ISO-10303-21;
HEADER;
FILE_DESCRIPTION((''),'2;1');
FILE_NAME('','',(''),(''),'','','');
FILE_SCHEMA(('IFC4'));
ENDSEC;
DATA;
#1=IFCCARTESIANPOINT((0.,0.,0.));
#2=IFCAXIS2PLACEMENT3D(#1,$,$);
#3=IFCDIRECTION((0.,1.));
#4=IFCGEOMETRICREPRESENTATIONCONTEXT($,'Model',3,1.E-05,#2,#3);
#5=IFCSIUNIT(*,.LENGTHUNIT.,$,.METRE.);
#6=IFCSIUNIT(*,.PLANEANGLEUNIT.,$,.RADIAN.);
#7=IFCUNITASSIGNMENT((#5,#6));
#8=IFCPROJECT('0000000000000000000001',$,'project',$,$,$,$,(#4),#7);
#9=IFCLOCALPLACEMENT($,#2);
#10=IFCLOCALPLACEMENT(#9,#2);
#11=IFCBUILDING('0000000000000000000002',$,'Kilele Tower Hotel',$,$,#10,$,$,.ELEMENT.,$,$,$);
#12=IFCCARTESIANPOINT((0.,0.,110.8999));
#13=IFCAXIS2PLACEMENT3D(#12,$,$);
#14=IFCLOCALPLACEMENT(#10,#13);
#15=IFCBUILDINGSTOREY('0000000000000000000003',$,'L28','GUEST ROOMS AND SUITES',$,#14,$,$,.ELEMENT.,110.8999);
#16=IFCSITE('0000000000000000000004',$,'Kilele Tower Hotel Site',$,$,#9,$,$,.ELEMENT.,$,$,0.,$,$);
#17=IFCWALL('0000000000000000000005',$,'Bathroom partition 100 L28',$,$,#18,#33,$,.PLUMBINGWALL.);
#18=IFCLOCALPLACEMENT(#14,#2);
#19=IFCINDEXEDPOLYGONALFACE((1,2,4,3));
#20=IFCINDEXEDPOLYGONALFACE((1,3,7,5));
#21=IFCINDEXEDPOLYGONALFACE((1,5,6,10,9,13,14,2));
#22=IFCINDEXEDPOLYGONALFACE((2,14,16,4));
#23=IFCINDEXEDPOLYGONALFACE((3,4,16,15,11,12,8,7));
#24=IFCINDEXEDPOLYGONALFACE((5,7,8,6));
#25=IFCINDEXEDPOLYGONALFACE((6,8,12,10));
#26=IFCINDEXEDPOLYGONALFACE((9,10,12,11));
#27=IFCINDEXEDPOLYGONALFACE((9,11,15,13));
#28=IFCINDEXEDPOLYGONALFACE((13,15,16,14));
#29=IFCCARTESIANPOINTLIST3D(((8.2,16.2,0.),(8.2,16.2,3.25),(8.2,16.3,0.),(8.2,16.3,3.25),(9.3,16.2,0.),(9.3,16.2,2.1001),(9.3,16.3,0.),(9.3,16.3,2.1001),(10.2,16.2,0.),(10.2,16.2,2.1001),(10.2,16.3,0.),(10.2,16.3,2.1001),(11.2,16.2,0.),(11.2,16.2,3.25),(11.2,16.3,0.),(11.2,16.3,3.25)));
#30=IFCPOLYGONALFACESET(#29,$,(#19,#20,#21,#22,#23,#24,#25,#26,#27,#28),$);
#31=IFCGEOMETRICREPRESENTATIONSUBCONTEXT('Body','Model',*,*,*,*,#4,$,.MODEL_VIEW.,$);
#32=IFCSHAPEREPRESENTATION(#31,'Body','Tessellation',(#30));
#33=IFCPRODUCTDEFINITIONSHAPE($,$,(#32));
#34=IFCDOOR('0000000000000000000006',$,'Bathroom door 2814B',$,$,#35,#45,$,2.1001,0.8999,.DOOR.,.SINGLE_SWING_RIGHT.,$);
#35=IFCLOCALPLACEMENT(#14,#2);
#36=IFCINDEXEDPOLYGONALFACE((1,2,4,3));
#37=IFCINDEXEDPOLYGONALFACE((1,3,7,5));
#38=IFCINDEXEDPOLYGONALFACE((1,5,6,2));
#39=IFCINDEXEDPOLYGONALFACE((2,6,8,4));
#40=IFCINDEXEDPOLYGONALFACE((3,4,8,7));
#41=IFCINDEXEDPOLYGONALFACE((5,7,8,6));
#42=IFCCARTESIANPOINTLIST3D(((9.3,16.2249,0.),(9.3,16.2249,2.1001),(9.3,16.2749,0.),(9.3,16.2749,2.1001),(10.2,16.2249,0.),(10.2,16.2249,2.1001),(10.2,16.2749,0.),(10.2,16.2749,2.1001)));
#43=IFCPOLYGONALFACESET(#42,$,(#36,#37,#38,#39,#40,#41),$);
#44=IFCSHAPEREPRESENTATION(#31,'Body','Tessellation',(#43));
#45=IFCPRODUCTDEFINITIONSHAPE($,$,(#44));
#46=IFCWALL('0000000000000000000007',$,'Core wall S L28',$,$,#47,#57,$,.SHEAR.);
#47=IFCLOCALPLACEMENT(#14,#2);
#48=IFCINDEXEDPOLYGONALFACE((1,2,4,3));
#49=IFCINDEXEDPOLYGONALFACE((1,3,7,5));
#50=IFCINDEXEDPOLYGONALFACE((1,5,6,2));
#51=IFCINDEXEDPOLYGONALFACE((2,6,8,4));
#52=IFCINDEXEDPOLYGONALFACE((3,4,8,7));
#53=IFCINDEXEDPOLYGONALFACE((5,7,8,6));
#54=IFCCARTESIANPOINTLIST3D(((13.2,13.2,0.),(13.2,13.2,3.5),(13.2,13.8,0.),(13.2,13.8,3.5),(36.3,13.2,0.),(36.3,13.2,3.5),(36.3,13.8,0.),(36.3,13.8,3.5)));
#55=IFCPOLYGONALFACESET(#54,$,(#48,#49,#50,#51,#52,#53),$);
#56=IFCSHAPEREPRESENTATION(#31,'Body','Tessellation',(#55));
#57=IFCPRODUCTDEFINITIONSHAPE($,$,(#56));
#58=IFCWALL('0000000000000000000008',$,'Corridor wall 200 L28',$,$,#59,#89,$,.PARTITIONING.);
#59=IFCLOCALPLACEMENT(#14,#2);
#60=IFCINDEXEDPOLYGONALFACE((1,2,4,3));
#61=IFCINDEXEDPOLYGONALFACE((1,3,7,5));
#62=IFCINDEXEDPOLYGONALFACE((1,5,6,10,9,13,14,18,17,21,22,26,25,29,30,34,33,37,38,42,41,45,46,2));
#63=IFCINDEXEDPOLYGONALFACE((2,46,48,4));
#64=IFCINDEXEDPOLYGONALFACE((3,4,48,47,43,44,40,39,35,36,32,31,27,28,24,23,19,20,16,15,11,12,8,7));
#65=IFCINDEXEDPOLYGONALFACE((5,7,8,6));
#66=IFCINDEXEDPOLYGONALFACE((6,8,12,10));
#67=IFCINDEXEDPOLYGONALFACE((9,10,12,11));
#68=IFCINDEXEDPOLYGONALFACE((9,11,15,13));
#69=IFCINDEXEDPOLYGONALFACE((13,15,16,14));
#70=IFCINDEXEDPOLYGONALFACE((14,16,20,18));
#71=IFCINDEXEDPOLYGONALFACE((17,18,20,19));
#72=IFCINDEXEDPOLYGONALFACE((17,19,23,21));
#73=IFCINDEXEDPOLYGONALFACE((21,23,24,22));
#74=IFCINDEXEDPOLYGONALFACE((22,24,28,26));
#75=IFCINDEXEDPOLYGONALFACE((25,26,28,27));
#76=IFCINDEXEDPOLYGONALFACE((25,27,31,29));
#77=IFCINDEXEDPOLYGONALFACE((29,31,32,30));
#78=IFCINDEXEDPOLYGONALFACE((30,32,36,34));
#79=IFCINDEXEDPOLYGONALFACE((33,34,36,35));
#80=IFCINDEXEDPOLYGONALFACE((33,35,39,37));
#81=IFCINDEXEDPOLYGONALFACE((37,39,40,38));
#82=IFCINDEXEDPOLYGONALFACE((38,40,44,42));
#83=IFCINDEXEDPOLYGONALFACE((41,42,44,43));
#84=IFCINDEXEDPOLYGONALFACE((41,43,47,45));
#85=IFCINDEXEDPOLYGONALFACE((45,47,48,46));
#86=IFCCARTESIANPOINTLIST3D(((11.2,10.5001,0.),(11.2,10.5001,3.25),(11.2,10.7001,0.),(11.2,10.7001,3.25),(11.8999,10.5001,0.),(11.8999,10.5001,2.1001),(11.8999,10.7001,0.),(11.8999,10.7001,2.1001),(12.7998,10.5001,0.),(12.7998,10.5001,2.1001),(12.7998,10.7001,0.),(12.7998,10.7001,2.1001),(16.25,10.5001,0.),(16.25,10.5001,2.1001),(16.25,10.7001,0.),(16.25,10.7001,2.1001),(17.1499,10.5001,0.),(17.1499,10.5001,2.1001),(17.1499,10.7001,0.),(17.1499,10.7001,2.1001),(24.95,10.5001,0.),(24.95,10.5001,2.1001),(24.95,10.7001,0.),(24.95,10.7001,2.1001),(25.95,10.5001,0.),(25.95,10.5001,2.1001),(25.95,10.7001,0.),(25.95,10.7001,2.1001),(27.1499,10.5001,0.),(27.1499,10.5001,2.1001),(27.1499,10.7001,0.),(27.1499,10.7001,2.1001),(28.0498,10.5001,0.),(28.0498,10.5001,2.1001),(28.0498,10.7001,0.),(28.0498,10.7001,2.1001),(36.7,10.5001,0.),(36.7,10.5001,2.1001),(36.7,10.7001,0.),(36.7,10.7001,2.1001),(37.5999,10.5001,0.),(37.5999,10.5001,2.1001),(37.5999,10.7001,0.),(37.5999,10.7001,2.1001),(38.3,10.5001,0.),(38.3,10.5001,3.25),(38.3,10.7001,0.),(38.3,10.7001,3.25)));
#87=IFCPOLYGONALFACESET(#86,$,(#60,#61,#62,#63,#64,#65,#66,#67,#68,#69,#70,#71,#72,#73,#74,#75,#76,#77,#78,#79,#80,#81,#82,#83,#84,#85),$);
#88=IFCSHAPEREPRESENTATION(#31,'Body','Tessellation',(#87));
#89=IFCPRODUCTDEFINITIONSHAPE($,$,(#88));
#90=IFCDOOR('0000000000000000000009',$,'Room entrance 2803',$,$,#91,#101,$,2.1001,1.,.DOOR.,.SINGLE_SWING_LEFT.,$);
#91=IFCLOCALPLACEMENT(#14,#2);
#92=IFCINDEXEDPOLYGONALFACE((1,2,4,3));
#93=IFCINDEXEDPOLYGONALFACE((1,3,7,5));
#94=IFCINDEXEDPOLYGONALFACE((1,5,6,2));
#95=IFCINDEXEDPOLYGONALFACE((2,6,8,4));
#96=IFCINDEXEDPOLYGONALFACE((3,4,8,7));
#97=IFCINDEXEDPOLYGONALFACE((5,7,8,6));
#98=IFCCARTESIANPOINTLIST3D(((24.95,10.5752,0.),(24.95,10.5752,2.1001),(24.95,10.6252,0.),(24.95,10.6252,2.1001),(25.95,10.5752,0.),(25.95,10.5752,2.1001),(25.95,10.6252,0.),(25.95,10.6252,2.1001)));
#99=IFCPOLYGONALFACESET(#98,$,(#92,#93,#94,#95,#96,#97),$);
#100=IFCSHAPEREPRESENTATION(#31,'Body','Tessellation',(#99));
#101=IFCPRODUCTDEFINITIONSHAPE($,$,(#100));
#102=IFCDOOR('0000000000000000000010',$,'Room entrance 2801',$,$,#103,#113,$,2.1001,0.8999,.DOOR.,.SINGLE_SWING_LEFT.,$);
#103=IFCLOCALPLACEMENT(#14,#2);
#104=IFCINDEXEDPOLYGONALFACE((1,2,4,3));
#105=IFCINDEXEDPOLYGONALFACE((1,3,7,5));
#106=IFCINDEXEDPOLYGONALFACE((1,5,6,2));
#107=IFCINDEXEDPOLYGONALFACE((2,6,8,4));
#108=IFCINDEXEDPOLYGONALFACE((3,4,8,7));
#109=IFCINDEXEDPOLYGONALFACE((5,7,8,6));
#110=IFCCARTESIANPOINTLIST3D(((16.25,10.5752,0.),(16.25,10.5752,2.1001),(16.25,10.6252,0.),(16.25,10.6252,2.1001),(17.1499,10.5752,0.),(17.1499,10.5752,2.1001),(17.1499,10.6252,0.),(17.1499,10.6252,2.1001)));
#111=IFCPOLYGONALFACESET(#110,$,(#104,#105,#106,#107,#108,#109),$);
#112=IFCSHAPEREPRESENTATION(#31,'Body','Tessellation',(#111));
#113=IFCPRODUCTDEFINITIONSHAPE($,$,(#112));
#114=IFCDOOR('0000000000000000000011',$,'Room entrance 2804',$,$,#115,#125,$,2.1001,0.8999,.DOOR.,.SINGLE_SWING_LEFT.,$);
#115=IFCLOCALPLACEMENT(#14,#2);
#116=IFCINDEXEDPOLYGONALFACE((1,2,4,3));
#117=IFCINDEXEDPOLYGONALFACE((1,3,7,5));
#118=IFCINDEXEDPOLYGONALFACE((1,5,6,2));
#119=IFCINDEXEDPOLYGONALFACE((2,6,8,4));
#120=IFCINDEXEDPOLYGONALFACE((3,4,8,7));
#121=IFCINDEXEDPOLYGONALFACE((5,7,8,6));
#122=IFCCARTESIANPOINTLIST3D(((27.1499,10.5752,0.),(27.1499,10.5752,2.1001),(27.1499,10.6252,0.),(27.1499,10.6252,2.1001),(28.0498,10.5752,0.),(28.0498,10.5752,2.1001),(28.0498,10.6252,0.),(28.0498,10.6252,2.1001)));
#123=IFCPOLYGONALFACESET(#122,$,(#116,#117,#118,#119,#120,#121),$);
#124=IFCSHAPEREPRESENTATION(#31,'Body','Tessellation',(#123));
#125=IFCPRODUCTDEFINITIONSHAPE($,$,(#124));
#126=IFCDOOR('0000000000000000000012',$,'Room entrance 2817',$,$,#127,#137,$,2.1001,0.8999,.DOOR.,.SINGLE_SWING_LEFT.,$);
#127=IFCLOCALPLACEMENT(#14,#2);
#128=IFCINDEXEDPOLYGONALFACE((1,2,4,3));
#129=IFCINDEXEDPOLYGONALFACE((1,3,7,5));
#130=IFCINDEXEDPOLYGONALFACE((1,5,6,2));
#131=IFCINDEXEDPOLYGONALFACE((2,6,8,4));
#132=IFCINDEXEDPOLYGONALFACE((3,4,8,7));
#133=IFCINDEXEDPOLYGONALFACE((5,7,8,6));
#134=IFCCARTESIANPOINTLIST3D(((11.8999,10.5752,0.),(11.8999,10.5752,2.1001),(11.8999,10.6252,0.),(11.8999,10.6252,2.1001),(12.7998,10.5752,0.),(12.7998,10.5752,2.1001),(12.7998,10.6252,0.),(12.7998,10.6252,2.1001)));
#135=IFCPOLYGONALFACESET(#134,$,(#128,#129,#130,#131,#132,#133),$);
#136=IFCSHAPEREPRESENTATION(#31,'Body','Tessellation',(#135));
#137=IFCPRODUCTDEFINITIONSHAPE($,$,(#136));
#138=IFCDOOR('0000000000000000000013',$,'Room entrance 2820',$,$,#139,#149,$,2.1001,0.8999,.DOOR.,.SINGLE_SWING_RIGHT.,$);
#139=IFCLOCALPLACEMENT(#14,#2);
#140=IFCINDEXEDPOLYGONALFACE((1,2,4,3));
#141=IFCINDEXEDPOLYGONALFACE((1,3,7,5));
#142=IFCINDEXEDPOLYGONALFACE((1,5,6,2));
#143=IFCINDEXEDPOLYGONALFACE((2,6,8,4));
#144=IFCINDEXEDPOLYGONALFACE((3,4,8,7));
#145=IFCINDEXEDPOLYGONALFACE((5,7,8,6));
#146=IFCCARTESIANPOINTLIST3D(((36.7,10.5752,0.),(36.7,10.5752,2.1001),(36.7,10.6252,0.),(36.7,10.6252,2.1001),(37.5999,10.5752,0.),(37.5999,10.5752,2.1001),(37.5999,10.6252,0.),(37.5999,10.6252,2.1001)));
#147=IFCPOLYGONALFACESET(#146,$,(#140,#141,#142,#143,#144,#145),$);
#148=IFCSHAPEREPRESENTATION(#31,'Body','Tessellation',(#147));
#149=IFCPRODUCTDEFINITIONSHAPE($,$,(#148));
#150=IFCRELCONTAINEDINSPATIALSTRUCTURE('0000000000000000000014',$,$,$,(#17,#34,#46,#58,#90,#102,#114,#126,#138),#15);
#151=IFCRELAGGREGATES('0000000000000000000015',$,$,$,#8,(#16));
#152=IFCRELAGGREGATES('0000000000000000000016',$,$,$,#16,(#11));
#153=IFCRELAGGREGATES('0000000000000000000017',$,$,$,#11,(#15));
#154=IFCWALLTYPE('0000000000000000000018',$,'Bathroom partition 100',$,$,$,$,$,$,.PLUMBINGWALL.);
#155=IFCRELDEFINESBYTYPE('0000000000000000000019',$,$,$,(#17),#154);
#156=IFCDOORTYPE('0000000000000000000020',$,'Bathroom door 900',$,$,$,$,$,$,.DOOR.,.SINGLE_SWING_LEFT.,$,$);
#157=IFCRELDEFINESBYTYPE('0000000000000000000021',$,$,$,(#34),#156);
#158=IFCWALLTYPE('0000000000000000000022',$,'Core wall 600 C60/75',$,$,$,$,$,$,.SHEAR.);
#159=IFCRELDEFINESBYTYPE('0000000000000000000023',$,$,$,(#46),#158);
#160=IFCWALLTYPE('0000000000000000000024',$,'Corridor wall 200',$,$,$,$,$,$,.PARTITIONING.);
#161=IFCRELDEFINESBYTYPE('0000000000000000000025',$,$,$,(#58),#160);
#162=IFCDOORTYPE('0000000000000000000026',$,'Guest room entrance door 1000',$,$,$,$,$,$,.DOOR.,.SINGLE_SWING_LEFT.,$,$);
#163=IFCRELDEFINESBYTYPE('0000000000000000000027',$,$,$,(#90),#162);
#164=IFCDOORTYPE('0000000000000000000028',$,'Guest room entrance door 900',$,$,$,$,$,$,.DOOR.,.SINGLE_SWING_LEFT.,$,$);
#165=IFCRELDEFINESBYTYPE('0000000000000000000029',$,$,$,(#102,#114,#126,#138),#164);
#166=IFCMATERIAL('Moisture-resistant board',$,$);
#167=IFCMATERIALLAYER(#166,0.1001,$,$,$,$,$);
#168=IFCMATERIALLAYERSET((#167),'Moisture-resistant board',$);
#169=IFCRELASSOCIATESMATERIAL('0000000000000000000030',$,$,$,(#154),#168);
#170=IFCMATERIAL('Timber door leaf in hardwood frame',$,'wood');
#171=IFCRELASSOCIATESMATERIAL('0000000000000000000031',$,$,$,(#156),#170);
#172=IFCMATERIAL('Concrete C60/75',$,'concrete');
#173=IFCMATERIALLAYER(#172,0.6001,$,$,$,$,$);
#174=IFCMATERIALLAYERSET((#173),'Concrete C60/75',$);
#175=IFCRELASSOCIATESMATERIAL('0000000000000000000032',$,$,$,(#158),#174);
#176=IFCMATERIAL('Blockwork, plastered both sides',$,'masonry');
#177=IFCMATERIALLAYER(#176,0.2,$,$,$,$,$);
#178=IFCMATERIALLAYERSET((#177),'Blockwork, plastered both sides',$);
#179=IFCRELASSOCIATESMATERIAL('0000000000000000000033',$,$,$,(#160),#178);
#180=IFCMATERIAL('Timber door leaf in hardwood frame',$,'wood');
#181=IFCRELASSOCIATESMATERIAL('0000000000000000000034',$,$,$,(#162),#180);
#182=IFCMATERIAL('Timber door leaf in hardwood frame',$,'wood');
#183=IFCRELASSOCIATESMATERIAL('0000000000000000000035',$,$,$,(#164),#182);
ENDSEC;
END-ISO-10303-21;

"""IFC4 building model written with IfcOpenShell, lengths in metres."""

from ifc_helpers import new_model, si_unit, direction, frame, frame_2d, origin, place, context, subcontext, project, spatial, rectangle, extrude, material, layer, layer_set, type_object, element, fill, save


model = new_model("IFC4")

# Units and contexts
model_context = context("Model", 3, precision=1e-05, world=origin(), true_north=direction((0.0, 1.0)))
body_context = subcontext(model_context, "Body", "Model", "MODEL_VIEW")
ifc_project = project(units=[si_unit("LENGTHUNIT", "METRE"), si_unit("PLANEANGLEUNIT", "RADIAN")], contexts=[model_context])

# Site, building, storey
site_placement = place(None, origin())
site = spatial("IfcSite", under=ifc_project, at=site_placement, Name="Kilele Tower Hotel Site", CompositionType="ELEMENT", RefElevation=0.0)
building_placement = place(site_placement, origin())
building = spatial("IfcBuilding", under=site, at=building_placement, Name="Kilele Tower Hotel", CompositionType="ELEMENT")
storey_placement = place(building_placement, frame((0.0, 0.0, 110.8999)))
storey = spatial("IfcBuildingStorey", under=building, at=storey_placement, Name="L28", Description="GUEST ROOMS AND SUITES", CompositionType="ELEMENT", Elevation=110.8999)

# Wall, opening, door
ifc_material_1 = material(Name="Moisture-resistant board")
ifc_layer_1 = layer(ifc_material_1, 0.1001)
ifc_layer_set_1 = layer_set([ifc_layer_1], Name="Moisture-resistant board")
wall_type_1 = type_object("IfcWallType", Name="Bathroom partition 100", PredefinedType="PLUMBINGWALL", material=ifc_layer_set_1)
wall_1_placement = place(storey_placement, frame((11.2, 16.25, 0.0), z_axis=(0.0, 0.0, 1.0), x_axis=(-1.0, 0.0, 0.0)))
wall_1 = element("IfcWall", 1, at=wall_1_placement, inside=storey, type_object=wall_type_1, Name="Bathroom partition 100 L28", PredefinedType="PLUMBINGWALL", context=body_context, shape_type="SweptSolid", body=[
    extrude(rectangle(XDim=3.0, YDim=0.1001, at=frame_2d((1.5, 0.0))), origin(), (0.0, 0.0, 1.0), 3.25),
])
opening_1_placement = place(wall_1_placement, frame((1.8999, 0.0, 0.0), z_axis=(0.0, 0.0, 1.0), x_axis=(-1.0, 0.0, 0.0)))
opening_1 = element("IfcOpeningElement", 2, at=opening_1_placement, cuts=wall_1, PredefinedType="OPENING", context=body_context, shape_type="SweptSolid", body=[
    extrude(rectangle(XDim=0.8999, YDim=2.1001, at=frame_2d((0.45, 1.05))), frame((0.0, 0.0601, 0.0), z_axis=(0.0, -1.0, 0.0), x_axis=(1.0, 0.0, 0.0)), (0.0, 0.0, 1.0), 0.1201),
])
ifc_material_2 = material(Name="Timber door leaf in hardwood frame", Category="wood")
door_type_1 = type_object("IfcDoorType", Name="Bathroom door 900", OperationType="SINGLE_SWING_LEFT", PredefinedType="DOOR", material=ifc_material_2)
door_1_placement = place(opening_1_placement, origin())
door_1 = element("IfcDoor", 3, at=door_1_placement, inside=storey, type_object=door_type_1, Name="Bathroom door 2814B", OperationType="SINGLE_SWING_RIGHT", OverallHeight=2.1001, OverallWidth=0.8999, PredefinedType="DOOR", context=body_context, shape_type="SweptSolid", body=[
    extrude(rectangle(XDim=0.8999, YDim=2.1001, at=frame_2d((0.45, 1.05))), frame((0.0, 0.0249, 0.0), z_axis=(0.0, -1.0, 0.0), x_axis=(1.0, 0.0, 0.0)), (0.0, 0.0, 1.0), 0.05),
])
fill(opening_1, door_1)

# Wall
ifc_material_3 = material(Name="Concrete C60/75", Category="concrete")
ifc_layer_2 = layer(ifc_material_3, 0.6001)
ifc_layer_set_2 = layer_set([ifc_layer_2], Name="Concrete C60/75")
wall_type_2 = type_object("IfcWallType", Name="Core wall 600 C60/75", PredefinedType="SHEAR", material=ifc_layer_set_2)
wall_2_placement = place(storey_placement, frame((13.2, 13.5, 0.0), z_axis=(0.0, 0.0, 1.0), x_axis=(1.0, 0.0, 0.0)))
element("IfcWall", 4, at=wall_2_placement, inside=storey, type_object=wall_type_2, Name="Core wall S L28", PredefinedType="SHEAR", context=body_context, shape_type="SweptSolid", body=[
    extrude(rectangle(XDim=23.1001, YDim=0.6001, at=frame_2d((11.55, 0.0))), origin(), (0.0, 0.0, 1.0), 3.5),
])

# Wall, openings, doors
ifc_material_4 = material(Name="Blockwork, plastered both sides", Category="masonry")
ifc_layer_3 = layer(ifc_material_4, 0.2)
ifc_layer_set_3 = layer_set([ifc_layer_3], Name="Blockwork, plastered both sides")
wall_type_3 = type_object("IfcWallType", Name="Corridor wall 200", PredefinedType="PARTITIONING", material=ifc_layer_set_3)
wall_3_placement = place(storey_placement, frame((11.2, 10.6001, 0.0), z_axis=(0.0, 0.0, 1.0), x_axis=(1.0, 0.0, 0.0)))
wall_3 = element("IfcWall", 5, at=wall_3_placement, inside=storey, type_object=wall_type_3, Name="Corridor wall 200 L28", PredefinedType="PARTITIONING", context=body_context, shape_type="SweptSolid", body=[
    extrude(rectangle(XDim=27.1001, YDim=0.2, at=frame_2d((13.55, 0.0))), origin(), (0.0, 0.0, 1.0), 3.25),
])
opening_2_placement = place(wall_3_placement, frame((5.95, 0.0, 0.0), z_axis=(0.0, 0.0, 1.0), x_axis=(-1.0, 0.0, 0.0)))
opening_2 = element("IfcOpeningElement", 6, at=opening_2_placement, cuts=wall_3, PredefinedType="OPENING", context=body_context, shape_type="SweptSolid", body=[
    extrude(rectangle(XDim=0.8999, YDim=2.1001, at=frame_2d((0.45, 1.05))), frame((0.0, 0.1099, 0.0), z_axis=(0.0, -1.0, 0.0), x_axis=(1.0, 0.0, 0.0)), (0.0, 0.0, 1.0), 0.22),
])
opening_3_placement = place(wall_3_placement, frame((14.75, 0.0, 0.0), z_axis=(0.0, 0.0, 1.0), x_axis=(-1.0, 0.0, 0.0)))
opening_3 = element("IfcOpeningElement", 7, at=opening_3_placement, cuts=wall_3, PredefinedType="OPENING", context=body_context, shape_type="SweptSolid", body=[
    extrude(rectangle(XDim=1.0, YDim=2.1001, at=frame_2d((0.5, 1.05))), frame((0.0, 0.1099, 0.0), z_axis=(0.0, -1.0, 0.0), x_axis=(1.0, 0.0, 0.0)), (0.0, 0.0, 1.0), 0.22),
])
opening_4_placement = place(wall_3_placement, frame((16.8499, 0.0, 0.0), z_axis=(0.0, 0.0, 1.0), x_axis=(-1.0, 0.0, 0.0)))
opening_4 = element("IfcOpeningElement", 8, at=opening_4_placement, cuts=wall_3, PredefinedType="OPENING", context=body_context, shape_type="SweptSolid", body=[
    extrude(rectangle(XDim=0.8999, YDim=2.1001, at=frame_2d((0.45, 1.05))), frame((0.0, 0.1099, 0.0), z_axis=(0.0, -1.0, 0.0), x_axis=(1.0, 0.0, 0.0)), (0.0, 0.0, 1.0), 0.22),
])
opening_5_placement = place(wall_3_placement, frame((1.5999, 0.0, 0.0), z_axis=(0.0, 0.0, 1.0), x_axis=(-1.0, 0.0, 0.0)))
opening_5 = element("IfcOpeningElement", 9, at=opening_5_placement, cuts=wall_3, PredefinedType="OPENING", context=body_context, shape_type="SweptSolid", body=[
    extrude(rectangle(XDim=0.8999, YDim=2.1001, at=frame_2d((0.45, 1.05))), frame((0.0, 0.1099, 0.0), z_axis=(0.0, -1.0, 0.0), x_axis=(1.0, 0.0, 0.0)), (0.0, 0.0, 1.0), 0.22),
])
opening_6_placement = place(wall_3_placement, frame((26.3999, 0.0, 0.0), z_axis=(0.0, 0.0, 1.0), x_axis=(-1.0, 0.0, 0.0)))
opening_6 = element("IfcOpeningElement", 10, at=opening_6_placement, cuts=wall_3, PredefinedType="OPENING", context=body_context, shape_type="SweptSolid", body=[
    extrude(rectangle(XDim=0.8999, YDim=2.1001, at=frame_2d((0.45, 1.05))), frame((0.0, 0.1099, 0.0), z_axis=(0.0, -1.0, 0.0), x_axis=(1.0, 0.0, 0.0)), (0.0, 0.0, 1.0), 0.22),
])
ifc_material_5 = material(Name="Timber door leaf in hardwood frame", Category="wood")
door_type_2 = type_object("IfcDoorType", Name="Guest room entrance door 1000", OperationType="SINGLE_SWING_LEFT", PredefinedType="DOOR", material=ifc_material_5)
door_2_placement = place(opening_3_placement, origin())
door_2 = element("IfcDoor", 11, at=door_2_placement, inside=storey, type_object=door_type_2, Name="Room entrance 2803", OperationType="SINGLE_SWING_LEFT", OverallHeight=2.1001, OverallWidth=1.0, PredefinedType="DOOR", context=body_context, shape_type="SweptSolid", body=[
    extrude(rectangle(XDim=1.0, YDim=2.1001, at=frame_2d((0.5, 1.05))), frame((0.0, 0.0249, 0.0), z_axis=(0.0, -1.0, 0.0), x_axis=(1.0, 0.0, 0.0)), (0.0, 0.0, 1.0), 0.05),
])
fill(opening_3, door_2)
ifc_material_6 = material(Name="Timber door leaf in hardwood frame", Category="wood")
door_type_3 = type_object("IfcDoorType", Name="Guest room entrance door 900", OperationType="SINGLE_SWING_LEFT", PredefinedType="DOOR", material=ifc_material_6)
door_3_placement = place(opening_2_placement, origin())
door_3 = element("IfcDoor", 12, at=door_3_placement, inside=storey, type_object=door_type_3, Name="Room entrance 2801", OperationType="SINGLE_SWING_LEFT", OverallHeight=2.1001, OverallWidth=0.8999, PredefinedType="DOOR", context=body_context, shape_type="SweptSolid", body=[
    extrude(rectangle(XDim=0.8999, YDim=2.1001, at=frame_2d((0.45, 1.05))), frame((0.0, 0.0249, 0.0), z_axis=(0.0, -1.0, 0.0), x_axis=(1.0, 0.0, 0.0)), (0.0, 0.0, 1.0), 0.05),
])
fill(opening_2, door_3)
door_4_placement = place(opening_4_placement, origin())
door_4 = element("IfcDoor", 13, at=door_4_placement, inside=storey, type_object=door_type_3, Name="Room entrance 2804", OperationType="SINGLE_SWING_LEFT", OverallHeight=2.1001, OverallWidth=0.8999, PredefinedType="DOOR", context=body_context, shape_type="SweptSolid", body=[
    extrude(rectangle(XDim=0.8999, YDim=2.1001, at=frame_2d((0.45, 1.05))), frame((0.0, 0.0249, 0.0), z_axis=(0.0, -1.0, 0.0), x_axis=(1.0, 0.0, 0.0)), (0.0, 0.0, 1.0), 0.05),
])
fill(opening_4, door_4)
door_5_placement = place(opening_5_placement, origin())
door_5 = element("IfcDoor", 14, at=door_5_placement, inside=storey, type_object=door_type_3, Name="Room entrance 2817", OperationType="SINGLE_SWING_LEFT", OverallHeight=2.1001, OverallWidth=0.8999, PredefinedType="DOOR", context=body_context, shape_type="SweptSolid", body=[
    extrude(rectangle(XDim=0.8999, YDim=2.1001, at=frame_2d((0.45, 1.05))), frame((0.0, 0.0249, 0.0), z_axis=(0.0, -1.0, 0.0), x_axis=(1.0, 0.0, 0.0)), (0.0, 0.0, 1.0), 0.05),
])
fill(opening_5, door_5)
door_6_placement = place(opening_6_placement, origin())
door_6 = element("IfcDoor", 15, at=door_6_placement, inside=storey, type_object=door_type_3, Name="Room entrance 2820", OperationType="SINGLE_SWING_RIGHT", OverallHeight=2.1001, OverallWidth=0.8999, PredefinedType="DOOR", context=body_context, shape_type="SweptSolid", body=[
    extrude(rectangle(XDim=0.8999, YDim=2.1001, at=frame_2d((0.45, 1.05))), frame((0.0, 0.0249, 0.0), z_axis=(0.0, -1.0, 0.0), x_axis=(1.0, 0.0, 0.0)), (0.0, 0.0, 1.0), 0.05),
])
fill(opening_6, door_6)

save(model, "model.ifc")
